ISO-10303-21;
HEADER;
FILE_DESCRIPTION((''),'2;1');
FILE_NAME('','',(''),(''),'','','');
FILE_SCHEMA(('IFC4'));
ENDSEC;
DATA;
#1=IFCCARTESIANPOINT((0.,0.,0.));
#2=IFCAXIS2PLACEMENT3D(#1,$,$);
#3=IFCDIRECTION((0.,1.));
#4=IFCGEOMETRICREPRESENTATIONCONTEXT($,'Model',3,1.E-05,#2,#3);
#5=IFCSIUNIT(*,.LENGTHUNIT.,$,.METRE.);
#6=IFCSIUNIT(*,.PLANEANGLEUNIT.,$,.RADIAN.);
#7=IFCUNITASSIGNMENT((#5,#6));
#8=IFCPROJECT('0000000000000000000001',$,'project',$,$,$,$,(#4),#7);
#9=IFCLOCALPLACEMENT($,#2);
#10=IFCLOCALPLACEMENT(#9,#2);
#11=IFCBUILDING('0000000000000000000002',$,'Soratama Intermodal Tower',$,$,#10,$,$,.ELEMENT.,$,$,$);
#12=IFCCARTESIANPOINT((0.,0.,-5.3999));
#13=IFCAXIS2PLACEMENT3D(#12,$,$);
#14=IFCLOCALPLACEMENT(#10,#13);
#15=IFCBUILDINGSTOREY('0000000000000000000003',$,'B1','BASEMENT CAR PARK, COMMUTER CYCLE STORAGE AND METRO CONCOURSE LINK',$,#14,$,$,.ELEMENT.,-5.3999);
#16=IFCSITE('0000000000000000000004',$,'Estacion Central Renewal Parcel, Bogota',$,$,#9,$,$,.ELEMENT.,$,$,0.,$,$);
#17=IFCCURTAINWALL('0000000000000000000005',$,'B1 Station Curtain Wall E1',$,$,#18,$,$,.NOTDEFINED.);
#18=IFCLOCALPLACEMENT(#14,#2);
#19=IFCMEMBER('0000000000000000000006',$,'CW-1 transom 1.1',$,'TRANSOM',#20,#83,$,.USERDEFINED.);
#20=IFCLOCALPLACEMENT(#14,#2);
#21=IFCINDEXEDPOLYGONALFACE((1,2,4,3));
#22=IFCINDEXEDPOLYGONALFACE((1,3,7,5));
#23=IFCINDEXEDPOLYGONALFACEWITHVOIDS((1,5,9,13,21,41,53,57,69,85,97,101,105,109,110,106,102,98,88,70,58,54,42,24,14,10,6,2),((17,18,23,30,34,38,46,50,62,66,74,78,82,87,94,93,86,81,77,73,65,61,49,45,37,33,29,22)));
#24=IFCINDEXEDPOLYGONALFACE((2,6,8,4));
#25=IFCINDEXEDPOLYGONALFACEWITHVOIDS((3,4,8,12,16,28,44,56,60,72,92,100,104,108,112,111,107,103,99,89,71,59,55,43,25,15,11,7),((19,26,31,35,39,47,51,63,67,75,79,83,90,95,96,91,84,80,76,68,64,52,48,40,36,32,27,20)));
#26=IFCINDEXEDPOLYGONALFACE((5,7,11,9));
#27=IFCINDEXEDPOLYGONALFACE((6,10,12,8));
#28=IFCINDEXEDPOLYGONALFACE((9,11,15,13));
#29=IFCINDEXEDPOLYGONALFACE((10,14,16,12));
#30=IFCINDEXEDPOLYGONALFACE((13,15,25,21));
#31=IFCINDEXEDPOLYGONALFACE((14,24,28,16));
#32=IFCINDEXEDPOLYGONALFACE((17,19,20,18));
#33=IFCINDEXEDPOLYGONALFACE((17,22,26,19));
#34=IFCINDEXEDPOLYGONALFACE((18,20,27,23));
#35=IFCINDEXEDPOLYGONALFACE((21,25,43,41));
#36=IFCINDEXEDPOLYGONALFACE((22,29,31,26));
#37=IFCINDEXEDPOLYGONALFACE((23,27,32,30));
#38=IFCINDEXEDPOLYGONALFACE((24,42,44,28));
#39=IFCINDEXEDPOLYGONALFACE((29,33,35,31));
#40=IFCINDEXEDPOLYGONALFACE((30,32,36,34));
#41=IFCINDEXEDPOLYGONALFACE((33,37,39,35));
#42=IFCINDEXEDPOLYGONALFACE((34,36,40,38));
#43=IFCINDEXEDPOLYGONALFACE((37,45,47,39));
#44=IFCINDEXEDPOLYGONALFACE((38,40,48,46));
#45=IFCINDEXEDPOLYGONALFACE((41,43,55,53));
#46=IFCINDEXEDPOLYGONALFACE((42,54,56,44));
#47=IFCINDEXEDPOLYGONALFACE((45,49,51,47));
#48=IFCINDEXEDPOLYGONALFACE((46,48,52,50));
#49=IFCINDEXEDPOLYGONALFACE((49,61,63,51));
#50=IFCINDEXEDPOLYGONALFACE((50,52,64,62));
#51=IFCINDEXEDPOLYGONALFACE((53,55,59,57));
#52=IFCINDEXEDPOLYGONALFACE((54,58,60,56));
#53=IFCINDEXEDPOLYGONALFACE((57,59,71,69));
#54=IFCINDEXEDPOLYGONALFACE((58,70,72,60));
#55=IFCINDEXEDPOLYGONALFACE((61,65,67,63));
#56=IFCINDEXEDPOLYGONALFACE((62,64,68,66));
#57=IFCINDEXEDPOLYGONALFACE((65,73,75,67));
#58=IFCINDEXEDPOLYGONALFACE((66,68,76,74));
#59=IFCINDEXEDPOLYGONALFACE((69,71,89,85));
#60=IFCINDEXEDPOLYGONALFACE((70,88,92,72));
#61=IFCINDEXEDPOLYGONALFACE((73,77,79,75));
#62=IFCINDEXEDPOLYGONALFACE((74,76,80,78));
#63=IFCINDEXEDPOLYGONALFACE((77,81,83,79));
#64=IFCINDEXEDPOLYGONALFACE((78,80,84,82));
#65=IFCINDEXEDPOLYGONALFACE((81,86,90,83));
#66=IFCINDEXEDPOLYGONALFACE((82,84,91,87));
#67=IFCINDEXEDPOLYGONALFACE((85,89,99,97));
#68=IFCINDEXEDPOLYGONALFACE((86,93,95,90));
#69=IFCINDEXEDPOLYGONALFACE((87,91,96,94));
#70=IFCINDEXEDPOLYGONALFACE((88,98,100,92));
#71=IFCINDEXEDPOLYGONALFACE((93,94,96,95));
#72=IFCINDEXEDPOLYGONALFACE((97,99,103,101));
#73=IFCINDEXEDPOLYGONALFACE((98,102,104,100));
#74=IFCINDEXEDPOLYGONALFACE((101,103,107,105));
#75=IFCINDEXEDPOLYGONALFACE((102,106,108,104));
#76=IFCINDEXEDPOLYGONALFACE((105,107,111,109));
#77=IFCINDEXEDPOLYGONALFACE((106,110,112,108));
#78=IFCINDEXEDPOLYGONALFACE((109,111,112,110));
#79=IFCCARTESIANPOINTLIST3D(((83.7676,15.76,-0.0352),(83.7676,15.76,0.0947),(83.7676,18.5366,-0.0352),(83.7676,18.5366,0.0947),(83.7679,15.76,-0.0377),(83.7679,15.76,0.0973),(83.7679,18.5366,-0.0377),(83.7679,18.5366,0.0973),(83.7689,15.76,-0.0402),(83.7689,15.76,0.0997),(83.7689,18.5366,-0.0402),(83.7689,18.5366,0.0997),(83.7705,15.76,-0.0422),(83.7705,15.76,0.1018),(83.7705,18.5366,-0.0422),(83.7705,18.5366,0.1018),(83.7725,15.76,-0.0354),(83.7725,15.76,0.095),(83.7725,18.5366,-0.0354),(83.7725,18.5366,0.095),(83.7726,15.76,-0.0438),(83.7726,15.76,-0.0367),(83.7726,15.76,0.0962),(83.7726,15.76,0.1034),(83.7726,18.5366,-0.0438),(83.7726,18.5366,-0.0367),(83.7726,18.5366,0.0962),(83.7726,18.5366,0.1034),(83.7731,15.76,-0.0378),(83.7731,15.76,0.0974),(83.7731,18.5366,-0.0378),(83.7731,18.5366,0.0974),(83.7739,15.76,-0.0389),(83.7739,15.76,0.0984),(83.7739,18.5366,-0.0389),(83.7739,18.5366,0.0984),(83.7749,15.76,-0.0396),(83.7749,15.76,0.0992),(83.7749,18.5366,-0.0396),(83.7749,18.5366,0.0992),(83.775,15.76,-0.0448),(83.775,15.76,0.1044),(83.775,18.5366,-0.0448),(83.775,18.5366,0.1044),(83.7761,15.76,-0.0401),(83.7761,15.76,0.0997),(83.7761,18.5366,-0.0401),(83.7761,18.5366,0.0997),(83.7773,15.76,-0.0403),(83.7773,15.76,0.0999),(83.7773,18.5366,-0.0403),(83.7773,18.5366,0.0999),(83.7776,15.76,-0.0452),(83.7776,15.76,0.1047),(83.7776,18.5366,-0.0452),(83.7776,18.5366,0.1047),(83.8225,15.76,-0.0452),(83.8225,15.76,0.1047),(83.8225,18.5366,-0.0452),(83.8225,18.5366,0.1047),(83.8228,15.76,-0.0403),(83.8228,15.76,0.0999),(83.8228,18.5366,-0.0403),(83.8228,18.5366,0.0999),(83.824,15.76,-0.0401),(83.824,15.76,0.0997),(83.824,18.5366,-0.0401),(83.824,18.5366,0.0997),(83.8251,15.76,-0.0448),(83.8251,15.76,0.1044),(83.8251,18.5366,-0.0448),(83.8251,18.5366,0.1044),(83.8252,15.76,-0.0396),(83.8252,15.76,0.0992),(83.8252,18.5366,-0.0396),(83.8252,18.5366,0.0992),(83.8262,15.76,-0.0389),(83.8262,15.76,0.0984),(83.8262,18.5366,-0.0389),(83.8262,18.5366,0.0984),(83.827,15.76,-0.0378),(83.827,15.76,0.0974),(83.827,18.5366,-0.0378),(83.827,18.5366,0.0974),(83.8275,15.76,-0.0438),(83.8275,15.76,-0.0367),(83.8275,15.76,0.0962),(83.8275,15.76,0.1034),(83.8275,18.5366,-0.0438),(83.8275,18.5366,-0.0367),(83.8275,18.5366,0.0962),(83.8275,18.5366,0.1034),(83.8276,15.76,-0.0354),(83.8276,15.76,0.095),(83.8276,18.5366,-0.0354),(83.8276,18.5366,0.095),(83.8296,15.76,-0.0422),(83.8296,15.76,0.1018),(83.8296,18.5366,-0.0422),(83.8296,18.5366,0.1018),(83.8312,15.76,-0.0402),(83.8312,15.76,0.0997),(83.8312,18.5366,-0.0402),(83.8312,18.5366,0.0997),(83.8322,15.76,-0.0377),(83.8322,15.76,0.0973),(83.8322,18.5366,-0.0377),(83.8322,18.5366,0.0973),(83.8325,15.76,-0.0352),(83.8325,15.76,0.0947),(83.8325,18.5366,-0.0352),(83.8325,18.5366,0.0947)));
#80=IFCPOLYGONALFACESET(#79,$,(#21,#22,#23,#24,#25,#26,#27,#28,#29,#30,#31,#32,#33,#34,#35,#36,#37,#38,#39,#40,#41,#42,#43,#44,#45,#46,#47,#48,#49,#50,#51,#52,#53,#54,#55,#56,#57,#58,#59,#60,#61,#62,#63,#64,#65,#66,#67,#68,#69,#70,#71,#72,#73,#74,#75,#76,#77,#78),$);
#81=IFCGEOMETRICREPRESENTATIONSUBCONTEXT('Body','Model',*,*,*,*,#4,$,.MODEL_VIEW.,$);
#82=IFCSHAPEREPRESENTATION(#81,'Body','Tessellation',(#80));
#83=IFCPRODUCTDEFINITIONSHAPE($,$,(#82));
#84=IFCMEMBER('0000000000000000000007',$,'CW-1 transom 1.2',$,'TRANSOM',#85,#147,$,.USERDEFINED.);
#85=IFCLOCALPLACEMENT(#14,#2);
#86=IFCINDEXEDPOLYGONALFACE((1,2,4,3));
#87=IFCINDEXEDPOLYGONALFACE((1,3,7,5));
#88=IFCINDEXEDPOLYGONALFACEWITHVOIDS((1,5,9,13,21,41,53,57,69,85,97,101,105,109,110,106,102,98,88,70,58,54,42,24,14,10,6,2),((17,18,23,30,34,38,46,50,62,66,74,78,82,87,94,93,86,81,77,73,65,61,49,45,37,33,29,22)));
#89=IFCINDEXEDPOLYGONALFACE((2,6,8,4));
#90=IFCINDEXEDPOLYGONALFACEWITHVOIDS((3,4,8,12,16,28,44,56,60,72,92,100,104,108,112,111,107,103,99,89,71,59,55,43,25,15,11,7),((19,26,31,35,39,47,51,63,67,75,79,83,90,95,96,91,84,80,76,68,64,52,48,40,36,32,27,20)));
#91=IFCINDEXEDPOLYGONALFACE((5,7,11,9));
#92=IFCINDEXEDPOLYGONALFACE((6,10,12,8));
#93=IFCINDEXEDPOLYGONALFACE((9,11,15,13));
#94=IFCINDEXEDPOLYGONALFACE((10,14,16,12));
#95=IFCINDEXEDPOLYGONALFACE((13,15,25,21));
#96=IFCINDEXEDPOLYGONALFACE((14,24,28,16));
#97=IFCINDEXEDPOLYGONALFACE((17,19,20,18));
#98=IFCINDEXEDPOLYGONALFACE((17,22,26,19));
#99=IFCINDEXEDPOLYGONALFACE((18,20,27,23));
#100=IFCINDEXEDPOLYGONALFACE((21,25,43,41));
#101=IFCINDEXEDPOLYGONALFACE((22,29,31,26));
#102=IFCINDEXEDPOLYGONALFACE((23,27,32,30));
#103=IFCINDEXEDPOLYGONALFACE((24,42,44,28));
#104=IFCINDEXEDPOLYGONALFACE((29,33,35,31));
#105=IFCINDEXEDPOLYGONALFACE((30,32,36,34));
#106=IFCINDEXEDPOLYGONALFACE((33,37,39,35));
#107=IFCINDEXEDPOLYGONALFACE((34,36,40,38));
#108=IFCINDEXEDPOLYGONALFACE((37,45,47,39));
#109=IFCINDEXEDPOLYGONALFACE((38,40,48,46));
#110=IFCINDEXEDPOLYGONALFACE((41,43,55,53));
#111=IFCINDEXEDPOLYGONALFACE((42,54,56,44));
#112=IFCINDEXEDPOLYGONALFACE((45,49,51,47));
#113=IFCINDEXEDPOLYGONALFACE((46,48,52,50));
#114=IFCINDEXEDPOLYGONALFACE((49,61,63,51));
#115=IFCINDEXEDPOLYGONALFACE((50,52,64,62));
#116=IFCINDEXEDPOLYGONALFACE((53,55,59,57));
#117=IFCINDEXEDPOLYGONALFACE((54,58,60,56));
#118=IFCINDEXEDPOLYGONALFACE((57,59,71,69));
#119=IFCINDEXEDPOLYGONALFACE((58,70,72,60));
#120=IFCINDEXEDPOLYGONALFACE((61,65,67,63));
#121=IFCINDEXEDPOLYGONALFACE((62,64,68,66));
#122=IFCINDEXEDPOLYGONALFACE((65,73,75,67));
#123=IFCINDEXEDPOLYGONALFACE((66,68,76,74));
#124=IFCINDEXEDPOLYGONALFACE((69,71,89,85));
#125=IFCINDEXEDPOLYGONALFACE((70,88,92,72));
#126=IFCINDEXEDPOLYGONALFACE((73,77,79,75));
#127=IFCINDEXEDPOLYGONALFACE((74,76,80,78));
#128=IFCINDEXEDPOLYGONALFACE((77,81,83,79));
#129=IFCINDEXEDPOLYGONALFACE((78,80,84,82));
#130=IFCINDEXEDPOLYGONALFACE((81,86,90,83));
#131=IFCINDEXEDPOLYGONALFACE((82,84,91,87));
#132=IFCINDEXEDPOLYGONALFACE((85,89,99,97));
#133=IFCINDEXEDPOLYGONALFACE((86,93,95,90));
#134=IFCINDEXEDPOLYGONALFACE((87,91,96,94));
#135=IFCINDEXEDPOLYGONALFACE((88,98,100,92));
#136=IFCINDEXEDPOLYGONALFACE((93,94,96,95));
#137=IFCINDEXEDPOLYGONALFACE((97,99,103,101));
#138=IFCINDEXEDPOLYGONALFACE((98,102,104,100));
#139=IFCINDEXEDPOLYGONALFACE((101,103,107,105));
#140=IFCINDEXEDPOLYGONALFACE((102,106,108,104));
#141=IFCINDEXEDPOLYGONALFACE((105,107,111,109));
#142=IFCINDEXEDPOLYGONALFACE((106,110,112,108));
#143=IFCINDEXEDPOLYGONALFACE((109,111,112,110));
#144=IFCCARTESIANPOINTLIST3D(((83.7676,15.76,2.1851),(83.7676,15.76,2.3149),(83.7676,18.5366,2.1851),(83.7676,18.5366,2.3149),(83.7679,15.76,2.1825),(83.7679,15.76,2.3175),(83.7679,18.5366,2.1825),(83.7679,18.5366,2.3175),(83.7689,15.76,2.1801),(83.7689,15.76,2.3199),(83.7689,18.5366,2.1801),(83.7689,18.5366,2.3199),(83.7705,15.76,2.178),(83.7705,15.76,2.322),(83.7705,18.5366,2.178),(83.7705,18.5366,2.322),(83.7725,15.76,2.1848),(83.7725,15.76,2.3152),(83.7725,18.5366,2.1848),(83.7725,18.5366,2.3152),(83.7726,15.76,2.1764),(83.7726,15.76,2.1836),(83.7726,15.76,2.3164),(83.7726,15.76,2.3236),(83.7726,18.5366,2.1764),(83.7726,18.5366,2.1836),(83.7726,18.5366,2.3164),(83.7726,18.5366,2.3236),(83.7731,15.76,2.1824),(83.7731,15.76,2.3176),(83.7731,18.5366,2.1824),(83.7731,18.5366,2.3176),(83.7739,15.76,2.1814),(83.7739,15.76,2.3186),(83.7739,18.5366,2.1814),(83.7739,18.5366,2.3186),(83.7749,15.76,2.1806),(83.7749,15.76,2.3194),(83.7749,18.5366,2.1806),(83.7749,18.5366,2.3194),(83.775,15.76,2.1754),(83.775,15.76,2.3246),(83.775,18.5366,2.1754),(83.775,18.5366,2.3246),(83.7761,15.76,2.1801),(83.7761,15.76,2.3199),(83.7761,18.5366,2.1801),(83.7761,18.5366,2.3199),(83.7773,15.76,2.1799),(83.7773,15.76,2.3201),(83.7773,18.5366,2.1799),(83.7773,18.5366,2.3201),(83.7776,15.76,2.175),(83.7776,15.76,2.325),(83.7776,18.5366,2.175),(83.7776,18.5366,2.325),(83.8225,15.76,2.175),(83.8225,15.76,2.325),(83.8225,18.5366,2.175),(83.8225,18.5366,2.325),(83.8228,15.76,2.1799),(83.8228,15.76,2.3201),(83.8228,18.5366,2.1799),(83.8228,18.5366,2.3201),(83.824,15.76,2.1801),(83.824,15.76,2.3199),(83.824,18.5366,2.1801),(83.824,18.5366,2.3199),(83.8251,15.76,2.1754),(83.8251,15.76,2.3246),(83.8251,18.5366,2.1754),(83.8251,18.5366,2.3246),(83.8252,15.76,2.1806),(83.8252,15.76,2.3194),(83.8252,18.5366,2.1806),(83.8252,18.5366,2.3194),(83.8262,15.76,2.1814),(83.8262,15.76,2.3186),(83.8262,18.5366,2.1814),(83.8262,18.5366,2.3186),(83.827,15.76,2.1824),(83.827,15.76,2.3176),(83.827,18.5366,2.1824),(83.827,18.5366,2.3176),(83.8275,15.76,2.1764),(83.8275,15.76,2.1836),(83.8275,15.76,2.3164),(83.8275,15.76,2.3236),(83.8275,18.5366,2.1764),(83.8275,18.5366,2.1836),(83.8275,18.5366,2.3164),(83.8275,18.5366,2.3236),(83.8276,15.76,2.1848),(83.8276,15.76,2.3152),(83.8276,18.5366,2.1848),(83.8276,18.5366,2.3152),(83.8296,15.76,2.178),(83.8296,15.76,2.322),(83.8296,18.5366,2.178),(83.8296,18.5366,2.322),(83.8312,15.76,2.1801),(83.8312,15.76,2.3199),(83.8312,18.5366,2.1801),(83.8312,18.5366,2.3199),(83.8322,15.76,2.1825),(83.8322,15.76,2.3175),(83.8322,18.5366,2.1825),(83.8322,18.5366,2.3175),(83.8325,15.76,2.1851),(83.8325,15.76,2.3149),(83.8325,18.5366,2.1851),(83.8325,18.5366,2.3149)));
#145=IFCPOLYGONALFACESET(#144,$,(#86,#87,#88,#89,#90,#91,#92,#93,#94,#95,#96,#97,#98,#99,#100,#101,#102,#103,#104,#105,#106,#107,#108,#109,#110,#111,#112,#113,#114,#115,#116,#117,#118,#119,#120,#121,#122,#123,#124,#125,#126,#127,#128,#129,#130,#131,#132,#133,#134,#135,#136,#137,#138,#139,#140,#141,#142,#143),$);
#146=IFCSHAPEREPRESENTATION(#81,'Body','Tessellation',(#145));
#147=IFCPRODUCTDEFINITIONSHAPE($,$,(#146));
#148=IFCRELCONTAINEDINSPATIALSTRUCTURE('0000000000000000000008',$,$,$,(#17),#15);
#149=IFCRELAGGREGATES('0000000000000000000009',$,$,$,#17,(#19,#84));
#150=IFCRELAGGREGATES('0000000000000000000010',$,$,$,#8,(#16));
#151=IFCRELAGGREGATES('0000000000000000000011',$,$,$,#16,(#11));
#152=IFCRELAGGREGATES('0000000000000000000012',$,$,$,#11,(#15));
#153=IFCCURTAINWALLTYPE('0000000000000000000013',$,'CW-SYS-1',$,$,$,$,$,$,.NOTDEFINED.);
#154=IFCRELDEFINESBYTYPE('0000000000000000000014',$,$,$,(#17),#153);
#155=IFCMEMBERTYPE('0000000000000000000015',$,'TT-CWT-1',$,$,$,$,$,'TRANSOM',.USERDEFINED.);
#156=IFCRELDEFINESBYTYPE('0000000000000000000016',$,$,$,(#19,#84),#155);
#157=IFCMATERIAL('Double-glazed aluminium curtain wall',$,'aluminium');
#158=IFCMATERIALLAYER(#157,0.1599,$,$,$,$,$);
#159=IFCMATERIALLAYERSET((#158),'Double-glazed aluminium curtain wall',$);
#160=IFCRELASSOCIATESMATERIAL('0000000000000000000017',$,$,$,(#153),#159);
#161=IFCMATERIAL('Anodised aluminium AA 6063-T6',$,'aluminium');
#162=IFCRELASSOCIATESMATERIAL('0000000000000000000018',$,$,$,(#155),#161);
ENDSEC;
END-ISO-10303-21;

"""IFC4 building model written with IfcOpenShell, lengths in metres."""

from ifc_helpers import new_model, si_unit, direction, frame, origin, origin_2d, place, context, subcontext, project, spatial, hollow_rectangle, extrude, material, layer, layer_set, material_profile, profile_set, type_object, element, aggregate, save


model = new_model("IFC4")

# Units and contexts
model_context = context("Model", 3, precision=1e-05, world=origin(), true_north=direction((0.0, 1.0)))
body_context = subcontext(model_context, "Body", "Model", "MODEL_VIEW")
ifc_project = project(units=[si_unit("LENGTHUNIT", "METRE"), si_unit("PLANEANGLEUNIT", "RADIAN")], contexts=[model_context])

# Site, building, storey
site_placement = place(None, origin())
site = spatial("IfcSite", under=ifc_project, at=site_placement, Name="Estacion Central Renewal Parcel, Bogota", CompositionType="ELEMENT", RefElevation=0.0)
building_placement = place(site_placement, origin())
building = spatial("IfcBuilding", under=site, at=building_placement, Name="Soratama Intermodal Tower", CompositionType="ELEMENT")
storey_placement = place(building_placement, frame((0.0, 0.0, -5.3999)))
storey = spatial("IfcBuildingStorey", under=building, at=storey_placement, Name="B1", Description="BASEMENT CAR PARK, COMMUTER CYCLE STORAGE AND METRO CONCOURSE LINK", CompositionType="ELEMENT", Elevation=-5.3999)

# Curtain wall
ifc_material_1 = material(Name="Double-glazed aluminium curtain wall", Category="aluminium")
ifc_layer_1 = layer(ifc_material_1, 0.1599)
ifc_layer_set_1 = layer_set([ifc_layer_1], Name="Double-glazed aluminium curtain wall")
curtain_wall_type = type_object("IfcCurtainWallType", Name="CW-SYS-1", PredefinedType="NOTDEFINED", material=ifc_layer_set_1)
curtain_wall_1_placement = place(storey_placement, origin())
curtain_wall_1 = element("IfcCurtainWall", 1, at=curtain_wall_1_placement, inside=storey, type_object=curtain_wall_type, Name="B1 Station Curtain Wall E1", PredefinedType="NOTDEFINED")

# Members
ifc_material_2 = material(Name="Anodised aluminium AA 6063-T6", Category="aluminium")
ifc_material_profile_1 = material_profile(ifc_material_2, hollow_rectangle(XDim=0.0649, YDim=0.1499, WallThickness=0.0049, InnerFilletRadius=0.0049, OuterFilletRadius=0.01, at=origin_2d()), Name="CWT150X65X5")
ifc_profile_set_1 = profile_set([ifc_material_profile_1], Name="Anodised aluminium AA 6063-T6")
member_type_1 = type_object("IfcMemberType", Name="TT-CWT-1", ElementType="TRANSOM", PredefinedType="USERDEFINED", material=ifc_profile_set_1)
member_1_placement = place(storey_placement, frame((83.8, 15.76, 0.0298), z_axis=(0.0, 1.0, 0.0), x_axis=(-1.0, 0.0, 0.0)))
member_1 = element("IfcMember", 2, at=member_1_placement, type_object=member_type_1, Name="CW-1 transom 1.1", ObjectType="TRANSOM", PredefinedType="USERDEFINED", context=body_context, shape_type="SweptSolid", body=[
    extrude(hollow_rectangle(XDim=0.0649, YDim=0.1499, WallThickness=0.0049, InnerFilletRadius=0.0049, OuterFilletRadius=0.01, at=origin_2d()), origin(), (0.0, 0.0, 1.0), 2.7766),
])
member_2_placement = place(storey_placement, frame((83.8, 15.76, 2.25), z_axis=(0.0, 1.0, 0.0), x_axis=(-1.0, 0.0, 0.0)))
member_2 = element("IfcMember", 3, at=member_2_placement, type_object=member_type_1, Name="CW-1 transom 1.2", ObjectType="TRANSOM", PredefinedType="USERDEFINED", context=body_context, shape_type="SweptSolid", body=[
    extrude(hollow_rectangle(XDim=0.0649, YDim=0.1499, WallThickness=0.0049, InnerFilletRadius=0.0049, OuterFilletRadius=0.01, at=origin_2d()), origin(), (0.0, 0.0, 1.0), 2.7766),
])

aggregate(curtain_wall_1, [member_1, member_2])

save(model, "model.ifc")
